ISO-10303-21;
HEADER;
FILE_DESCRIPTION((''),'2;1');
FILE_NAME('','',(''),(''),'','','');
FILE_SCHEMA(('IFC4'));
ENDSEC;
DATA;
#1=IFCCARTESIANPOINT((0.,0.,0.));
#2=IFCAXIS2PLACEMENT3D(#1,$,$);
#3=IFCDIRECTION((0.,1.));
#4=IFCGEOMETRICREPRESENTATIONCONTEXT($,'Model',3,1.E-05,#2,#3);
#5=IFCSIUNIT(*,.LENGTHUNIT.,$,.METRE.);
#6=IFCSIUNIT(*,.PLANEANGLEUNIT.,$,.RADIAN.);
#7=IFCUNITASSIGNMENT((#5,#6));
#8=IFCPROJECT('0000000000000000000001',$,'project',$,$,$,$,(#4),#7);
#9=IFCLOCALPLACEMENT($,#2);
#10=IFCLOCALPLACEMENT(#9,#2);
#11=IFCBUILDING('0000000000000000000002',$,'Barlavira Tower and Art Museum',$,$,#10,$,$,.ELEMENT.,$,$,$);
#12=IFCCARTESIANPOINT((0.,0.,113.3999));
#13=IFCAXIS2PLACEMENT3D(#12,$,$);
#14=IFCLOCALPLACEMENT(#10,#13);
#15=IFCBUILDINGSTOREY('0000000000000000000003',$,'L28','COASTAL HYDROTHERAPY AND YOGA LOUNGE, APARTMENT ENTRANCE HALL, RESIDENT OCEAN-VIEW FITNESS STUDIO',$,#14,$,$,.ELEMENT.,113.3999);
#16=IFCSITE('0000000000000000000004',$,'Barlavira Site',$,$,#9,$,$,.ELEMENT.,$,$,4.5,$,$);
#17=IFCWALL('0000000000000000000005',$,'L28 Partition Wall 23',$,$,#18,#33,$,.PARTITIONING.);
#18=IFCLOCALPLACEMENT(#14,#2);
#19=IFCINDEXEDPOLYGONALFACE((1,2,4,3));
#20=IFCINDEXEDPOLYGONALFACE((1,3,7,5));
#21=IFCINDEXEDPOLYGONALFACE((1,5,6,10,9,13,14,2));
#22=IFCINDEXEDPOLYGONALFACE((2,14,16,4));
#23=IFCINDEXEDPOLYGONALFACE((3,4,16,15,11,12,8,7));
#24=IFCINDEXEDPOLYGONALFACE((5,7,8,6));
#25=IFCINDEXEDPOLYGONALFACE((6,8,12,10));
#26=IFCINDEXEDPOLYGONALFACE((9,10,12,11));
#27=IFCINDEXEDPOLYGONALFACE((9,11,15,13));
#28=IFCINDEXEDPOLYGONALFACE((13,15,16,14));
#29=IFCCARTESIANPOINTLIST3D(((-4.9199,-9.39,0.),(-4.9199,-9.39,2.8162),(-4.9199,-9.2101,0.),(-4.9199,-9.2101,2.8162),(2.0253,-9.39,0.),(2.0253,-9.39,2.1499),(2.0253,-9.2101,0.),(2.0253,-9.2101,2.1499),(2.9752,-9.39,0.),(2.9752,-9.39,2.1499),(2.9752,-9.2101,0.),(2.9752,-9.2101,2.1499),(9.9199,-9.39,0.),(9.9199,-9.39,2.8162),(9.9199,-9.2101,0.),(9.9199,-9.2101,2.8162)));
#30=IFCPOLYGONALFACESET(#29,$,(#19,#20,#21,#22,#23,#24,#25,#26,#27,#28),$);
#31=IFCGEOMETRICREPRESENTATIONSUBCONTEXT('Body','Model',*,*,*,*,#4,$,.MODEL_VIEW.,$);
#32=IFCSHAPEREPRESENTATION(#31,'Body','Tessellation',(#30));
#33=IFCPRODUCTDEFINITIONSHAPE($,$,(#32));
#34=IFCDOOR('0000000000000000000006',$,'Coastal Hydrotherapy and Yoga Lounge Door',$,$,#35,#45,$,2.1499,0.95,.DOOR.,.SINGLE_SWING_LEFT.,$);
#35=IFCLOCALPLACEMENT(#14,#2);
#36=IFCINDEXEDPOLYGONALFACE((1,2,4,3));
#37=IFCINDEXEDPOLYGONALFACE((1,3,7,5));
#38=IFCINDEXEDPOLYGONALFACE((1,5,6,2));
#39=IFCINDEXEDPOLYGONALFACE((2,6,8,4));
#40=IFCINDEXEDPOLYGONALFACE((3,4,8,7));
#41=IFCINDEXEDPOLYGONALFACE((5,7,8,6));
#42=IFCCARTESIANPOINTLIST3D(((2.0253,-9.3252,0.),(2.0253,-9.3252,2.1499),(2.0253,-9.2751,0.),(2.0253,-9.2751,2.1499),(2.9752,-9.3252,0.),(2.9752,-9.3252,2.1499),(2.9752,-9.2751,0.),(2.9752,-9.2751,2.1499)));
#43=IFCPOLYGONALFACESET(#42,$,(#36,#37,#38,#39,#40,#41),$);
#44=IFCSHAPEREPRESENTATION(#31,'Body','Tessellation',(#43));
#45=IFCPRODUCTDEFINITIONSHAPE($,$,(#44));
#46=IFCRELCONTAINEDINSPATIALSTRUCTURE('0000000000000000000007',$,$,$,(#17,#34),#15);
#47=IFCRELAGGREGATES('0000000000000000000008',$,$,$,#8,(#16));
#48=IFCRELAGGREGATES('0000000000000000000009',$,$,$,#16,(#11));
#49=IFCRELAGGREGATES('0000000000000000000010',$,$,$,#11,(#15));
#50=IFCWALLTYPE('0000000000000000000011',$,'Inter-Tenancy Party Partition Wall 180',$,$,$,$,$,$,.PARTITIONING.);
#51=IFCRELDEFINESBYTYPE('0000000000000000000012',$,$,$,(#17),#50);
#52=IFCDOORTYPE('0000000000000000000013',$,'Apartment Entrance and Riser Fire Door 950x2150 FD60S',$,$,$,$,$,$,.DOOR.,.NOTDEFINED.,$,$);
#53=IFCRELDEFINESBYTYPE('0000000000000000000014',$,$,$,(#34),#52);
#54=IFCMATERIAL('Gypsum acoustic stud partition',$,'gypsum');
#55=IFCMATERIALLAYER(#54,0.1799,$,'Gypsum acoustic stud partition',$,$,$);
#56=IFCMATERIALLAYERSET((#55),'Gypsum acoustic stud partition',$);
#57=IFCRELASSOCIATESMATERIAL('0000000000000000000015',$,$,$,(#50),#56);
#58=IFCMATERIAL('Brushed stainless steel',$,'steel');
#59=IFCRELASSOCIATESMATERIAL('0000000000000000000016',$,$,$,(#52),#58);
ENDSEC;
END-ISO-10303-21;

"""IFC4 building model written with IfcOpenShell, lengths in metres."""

from ifc_helpers import new_model, si_unit, direction, frame, frame_2d, origin, place, context, subcontext, project, spatial, rectangle, extrude, material, layer, layer_set, type_object, element, fill, save


model = new_model("IFC4")

# Units and contexts
model_context = context("Model", 3, precision=1e-05, world=origin(), true_north=direction((0.0, 1.0)))
body_context = subcontext(model_context, "Body", "Model", "MODEL_VIEW")
ifc_project = project(units=[si_unit("LENGTHUNIT", "METRE"), si_unit("PLANEANGLEUNIT", "RADIAN")], contexts=[model_context])

# Site, building, storey
site_placement = place(None, origin())
site = spatial("IfcSite", under=ifc_project, at=site_placement, Name="Barlavira Site", CompositionType="ELEMENT", RefElevation=4.5)
building_placement = place(site_placement, origin())
building = spatial("IfcBuilding", under=site, at=building_placement, Name="Barlavira Tower and Art Museum", CompositionType="ELEMENT")
storey_placement = place(building_placement, frame((0.0, 0.0, 113.3999)))
storey = spatial("IfcBuildingStorey", under=building, at=storey_placement, Name="L28", Description="COASTAL HYDROTHERAPY AND YOGA LOUNGE, APARTMENT ENTRANCE HALL, RESIDENT OCEAN-VIEW FITNESS STUDIO", CompositionType="ELEMENT", Elevation=113.3999)

# Shared definitions
ifc_material_1 = material(Name="Gypsum acoustic stud partition", Category="gypsum")
ifc_layer_1 = layer(ifc_material_1, 0.1799, Name="Gypsum acoustic stud partition")
ifc_layer_set_1 = layer_set([ifc_layer_1], Name="Gypsum acoustic stud partition")
wall_type = type_object("IfcWallType", Name="Inter-Tenancy Party Partition Wall 180", PredefinedType="PARTITIONING", material=ifc_layer_set_1)

# Wall, opening, door
wall_1_placement = place(storey_placement, frame((-4.9199, -9.3, 0.0), z_axis=(0.0, 0.0, 1.0), x_axis=(1.0, 0.0, 0.0)))
wall_1 = element("IfcWall", 1, at=wall_1_placement, inside=storey, type_object=wall_type, Name="L28 Partition Wall 23", PredefinedType="PARTITIONING", context=body_context, shape_type="SweptSolid", body=[
    extrude(rectangle(XDim=14.8398, YDim=0.1799, at=frame_2d((7.4199, 0.0))), origin(), (0.0, 0.0, 1.0), 2.8162),
])
opening_placement = place(wall_1_placement, frame((6.9451, 0.0, 0.0)))
opening = element("IfcOpeningElement", 2, at=opening_placement, cuts=wall_1, PredefinedType="OPENING", context=body_context, shape_type="SweptSolid", body=[
    extrude(rectangle(XDim=0.95, YDim=2.1499, at=frame_2d((0.4751, 1.075))), frame((0.0, 0.1001, 0.0), z_axis=(0.0, -1.0, 0.0), x_axis=(1.0, 0.0, 0.0)), (0.0, 0.0, 1.0), 0.2),
])
ifc_material_2 = material(Name="Brushed stainless steel", Category="steel")
door_type = type_object("IfcDoorType", Name="Apartment Entrance and Riser Fire Door 950x2150 FD60S", OperationType="NOTDEFINED", PredefinedType="DOOR", material=ifc_material_2)
door_placement = place(opening_placement, origin())
door = element("IfcDoor", 3, at=door_placement, inside=storey, type_object=door_type, Name="Coastal Hydrotherapy and Yoga Lounge Door", OperationType="SINGLE_SWING_LEFT", OverallHeight=2.1499, OverallWidth=0.95, PredefinedType="DOOR", context=body_context, shape_type="SweptSolid", body=[
    extrude(rectangle(XDim=0.95, YDim=2.1499, at=frame_2d((0.4751, 1.075))), frame((0.0, 0.0249, 0.0), z_axis=(0.0, -1.0, 0.0), x_axis=(1.0, 0.0, 0.0)), (0.0, 0.0, 1.0), 0.05),
])
fill(opening, door)

save(model, "model.ifc")
